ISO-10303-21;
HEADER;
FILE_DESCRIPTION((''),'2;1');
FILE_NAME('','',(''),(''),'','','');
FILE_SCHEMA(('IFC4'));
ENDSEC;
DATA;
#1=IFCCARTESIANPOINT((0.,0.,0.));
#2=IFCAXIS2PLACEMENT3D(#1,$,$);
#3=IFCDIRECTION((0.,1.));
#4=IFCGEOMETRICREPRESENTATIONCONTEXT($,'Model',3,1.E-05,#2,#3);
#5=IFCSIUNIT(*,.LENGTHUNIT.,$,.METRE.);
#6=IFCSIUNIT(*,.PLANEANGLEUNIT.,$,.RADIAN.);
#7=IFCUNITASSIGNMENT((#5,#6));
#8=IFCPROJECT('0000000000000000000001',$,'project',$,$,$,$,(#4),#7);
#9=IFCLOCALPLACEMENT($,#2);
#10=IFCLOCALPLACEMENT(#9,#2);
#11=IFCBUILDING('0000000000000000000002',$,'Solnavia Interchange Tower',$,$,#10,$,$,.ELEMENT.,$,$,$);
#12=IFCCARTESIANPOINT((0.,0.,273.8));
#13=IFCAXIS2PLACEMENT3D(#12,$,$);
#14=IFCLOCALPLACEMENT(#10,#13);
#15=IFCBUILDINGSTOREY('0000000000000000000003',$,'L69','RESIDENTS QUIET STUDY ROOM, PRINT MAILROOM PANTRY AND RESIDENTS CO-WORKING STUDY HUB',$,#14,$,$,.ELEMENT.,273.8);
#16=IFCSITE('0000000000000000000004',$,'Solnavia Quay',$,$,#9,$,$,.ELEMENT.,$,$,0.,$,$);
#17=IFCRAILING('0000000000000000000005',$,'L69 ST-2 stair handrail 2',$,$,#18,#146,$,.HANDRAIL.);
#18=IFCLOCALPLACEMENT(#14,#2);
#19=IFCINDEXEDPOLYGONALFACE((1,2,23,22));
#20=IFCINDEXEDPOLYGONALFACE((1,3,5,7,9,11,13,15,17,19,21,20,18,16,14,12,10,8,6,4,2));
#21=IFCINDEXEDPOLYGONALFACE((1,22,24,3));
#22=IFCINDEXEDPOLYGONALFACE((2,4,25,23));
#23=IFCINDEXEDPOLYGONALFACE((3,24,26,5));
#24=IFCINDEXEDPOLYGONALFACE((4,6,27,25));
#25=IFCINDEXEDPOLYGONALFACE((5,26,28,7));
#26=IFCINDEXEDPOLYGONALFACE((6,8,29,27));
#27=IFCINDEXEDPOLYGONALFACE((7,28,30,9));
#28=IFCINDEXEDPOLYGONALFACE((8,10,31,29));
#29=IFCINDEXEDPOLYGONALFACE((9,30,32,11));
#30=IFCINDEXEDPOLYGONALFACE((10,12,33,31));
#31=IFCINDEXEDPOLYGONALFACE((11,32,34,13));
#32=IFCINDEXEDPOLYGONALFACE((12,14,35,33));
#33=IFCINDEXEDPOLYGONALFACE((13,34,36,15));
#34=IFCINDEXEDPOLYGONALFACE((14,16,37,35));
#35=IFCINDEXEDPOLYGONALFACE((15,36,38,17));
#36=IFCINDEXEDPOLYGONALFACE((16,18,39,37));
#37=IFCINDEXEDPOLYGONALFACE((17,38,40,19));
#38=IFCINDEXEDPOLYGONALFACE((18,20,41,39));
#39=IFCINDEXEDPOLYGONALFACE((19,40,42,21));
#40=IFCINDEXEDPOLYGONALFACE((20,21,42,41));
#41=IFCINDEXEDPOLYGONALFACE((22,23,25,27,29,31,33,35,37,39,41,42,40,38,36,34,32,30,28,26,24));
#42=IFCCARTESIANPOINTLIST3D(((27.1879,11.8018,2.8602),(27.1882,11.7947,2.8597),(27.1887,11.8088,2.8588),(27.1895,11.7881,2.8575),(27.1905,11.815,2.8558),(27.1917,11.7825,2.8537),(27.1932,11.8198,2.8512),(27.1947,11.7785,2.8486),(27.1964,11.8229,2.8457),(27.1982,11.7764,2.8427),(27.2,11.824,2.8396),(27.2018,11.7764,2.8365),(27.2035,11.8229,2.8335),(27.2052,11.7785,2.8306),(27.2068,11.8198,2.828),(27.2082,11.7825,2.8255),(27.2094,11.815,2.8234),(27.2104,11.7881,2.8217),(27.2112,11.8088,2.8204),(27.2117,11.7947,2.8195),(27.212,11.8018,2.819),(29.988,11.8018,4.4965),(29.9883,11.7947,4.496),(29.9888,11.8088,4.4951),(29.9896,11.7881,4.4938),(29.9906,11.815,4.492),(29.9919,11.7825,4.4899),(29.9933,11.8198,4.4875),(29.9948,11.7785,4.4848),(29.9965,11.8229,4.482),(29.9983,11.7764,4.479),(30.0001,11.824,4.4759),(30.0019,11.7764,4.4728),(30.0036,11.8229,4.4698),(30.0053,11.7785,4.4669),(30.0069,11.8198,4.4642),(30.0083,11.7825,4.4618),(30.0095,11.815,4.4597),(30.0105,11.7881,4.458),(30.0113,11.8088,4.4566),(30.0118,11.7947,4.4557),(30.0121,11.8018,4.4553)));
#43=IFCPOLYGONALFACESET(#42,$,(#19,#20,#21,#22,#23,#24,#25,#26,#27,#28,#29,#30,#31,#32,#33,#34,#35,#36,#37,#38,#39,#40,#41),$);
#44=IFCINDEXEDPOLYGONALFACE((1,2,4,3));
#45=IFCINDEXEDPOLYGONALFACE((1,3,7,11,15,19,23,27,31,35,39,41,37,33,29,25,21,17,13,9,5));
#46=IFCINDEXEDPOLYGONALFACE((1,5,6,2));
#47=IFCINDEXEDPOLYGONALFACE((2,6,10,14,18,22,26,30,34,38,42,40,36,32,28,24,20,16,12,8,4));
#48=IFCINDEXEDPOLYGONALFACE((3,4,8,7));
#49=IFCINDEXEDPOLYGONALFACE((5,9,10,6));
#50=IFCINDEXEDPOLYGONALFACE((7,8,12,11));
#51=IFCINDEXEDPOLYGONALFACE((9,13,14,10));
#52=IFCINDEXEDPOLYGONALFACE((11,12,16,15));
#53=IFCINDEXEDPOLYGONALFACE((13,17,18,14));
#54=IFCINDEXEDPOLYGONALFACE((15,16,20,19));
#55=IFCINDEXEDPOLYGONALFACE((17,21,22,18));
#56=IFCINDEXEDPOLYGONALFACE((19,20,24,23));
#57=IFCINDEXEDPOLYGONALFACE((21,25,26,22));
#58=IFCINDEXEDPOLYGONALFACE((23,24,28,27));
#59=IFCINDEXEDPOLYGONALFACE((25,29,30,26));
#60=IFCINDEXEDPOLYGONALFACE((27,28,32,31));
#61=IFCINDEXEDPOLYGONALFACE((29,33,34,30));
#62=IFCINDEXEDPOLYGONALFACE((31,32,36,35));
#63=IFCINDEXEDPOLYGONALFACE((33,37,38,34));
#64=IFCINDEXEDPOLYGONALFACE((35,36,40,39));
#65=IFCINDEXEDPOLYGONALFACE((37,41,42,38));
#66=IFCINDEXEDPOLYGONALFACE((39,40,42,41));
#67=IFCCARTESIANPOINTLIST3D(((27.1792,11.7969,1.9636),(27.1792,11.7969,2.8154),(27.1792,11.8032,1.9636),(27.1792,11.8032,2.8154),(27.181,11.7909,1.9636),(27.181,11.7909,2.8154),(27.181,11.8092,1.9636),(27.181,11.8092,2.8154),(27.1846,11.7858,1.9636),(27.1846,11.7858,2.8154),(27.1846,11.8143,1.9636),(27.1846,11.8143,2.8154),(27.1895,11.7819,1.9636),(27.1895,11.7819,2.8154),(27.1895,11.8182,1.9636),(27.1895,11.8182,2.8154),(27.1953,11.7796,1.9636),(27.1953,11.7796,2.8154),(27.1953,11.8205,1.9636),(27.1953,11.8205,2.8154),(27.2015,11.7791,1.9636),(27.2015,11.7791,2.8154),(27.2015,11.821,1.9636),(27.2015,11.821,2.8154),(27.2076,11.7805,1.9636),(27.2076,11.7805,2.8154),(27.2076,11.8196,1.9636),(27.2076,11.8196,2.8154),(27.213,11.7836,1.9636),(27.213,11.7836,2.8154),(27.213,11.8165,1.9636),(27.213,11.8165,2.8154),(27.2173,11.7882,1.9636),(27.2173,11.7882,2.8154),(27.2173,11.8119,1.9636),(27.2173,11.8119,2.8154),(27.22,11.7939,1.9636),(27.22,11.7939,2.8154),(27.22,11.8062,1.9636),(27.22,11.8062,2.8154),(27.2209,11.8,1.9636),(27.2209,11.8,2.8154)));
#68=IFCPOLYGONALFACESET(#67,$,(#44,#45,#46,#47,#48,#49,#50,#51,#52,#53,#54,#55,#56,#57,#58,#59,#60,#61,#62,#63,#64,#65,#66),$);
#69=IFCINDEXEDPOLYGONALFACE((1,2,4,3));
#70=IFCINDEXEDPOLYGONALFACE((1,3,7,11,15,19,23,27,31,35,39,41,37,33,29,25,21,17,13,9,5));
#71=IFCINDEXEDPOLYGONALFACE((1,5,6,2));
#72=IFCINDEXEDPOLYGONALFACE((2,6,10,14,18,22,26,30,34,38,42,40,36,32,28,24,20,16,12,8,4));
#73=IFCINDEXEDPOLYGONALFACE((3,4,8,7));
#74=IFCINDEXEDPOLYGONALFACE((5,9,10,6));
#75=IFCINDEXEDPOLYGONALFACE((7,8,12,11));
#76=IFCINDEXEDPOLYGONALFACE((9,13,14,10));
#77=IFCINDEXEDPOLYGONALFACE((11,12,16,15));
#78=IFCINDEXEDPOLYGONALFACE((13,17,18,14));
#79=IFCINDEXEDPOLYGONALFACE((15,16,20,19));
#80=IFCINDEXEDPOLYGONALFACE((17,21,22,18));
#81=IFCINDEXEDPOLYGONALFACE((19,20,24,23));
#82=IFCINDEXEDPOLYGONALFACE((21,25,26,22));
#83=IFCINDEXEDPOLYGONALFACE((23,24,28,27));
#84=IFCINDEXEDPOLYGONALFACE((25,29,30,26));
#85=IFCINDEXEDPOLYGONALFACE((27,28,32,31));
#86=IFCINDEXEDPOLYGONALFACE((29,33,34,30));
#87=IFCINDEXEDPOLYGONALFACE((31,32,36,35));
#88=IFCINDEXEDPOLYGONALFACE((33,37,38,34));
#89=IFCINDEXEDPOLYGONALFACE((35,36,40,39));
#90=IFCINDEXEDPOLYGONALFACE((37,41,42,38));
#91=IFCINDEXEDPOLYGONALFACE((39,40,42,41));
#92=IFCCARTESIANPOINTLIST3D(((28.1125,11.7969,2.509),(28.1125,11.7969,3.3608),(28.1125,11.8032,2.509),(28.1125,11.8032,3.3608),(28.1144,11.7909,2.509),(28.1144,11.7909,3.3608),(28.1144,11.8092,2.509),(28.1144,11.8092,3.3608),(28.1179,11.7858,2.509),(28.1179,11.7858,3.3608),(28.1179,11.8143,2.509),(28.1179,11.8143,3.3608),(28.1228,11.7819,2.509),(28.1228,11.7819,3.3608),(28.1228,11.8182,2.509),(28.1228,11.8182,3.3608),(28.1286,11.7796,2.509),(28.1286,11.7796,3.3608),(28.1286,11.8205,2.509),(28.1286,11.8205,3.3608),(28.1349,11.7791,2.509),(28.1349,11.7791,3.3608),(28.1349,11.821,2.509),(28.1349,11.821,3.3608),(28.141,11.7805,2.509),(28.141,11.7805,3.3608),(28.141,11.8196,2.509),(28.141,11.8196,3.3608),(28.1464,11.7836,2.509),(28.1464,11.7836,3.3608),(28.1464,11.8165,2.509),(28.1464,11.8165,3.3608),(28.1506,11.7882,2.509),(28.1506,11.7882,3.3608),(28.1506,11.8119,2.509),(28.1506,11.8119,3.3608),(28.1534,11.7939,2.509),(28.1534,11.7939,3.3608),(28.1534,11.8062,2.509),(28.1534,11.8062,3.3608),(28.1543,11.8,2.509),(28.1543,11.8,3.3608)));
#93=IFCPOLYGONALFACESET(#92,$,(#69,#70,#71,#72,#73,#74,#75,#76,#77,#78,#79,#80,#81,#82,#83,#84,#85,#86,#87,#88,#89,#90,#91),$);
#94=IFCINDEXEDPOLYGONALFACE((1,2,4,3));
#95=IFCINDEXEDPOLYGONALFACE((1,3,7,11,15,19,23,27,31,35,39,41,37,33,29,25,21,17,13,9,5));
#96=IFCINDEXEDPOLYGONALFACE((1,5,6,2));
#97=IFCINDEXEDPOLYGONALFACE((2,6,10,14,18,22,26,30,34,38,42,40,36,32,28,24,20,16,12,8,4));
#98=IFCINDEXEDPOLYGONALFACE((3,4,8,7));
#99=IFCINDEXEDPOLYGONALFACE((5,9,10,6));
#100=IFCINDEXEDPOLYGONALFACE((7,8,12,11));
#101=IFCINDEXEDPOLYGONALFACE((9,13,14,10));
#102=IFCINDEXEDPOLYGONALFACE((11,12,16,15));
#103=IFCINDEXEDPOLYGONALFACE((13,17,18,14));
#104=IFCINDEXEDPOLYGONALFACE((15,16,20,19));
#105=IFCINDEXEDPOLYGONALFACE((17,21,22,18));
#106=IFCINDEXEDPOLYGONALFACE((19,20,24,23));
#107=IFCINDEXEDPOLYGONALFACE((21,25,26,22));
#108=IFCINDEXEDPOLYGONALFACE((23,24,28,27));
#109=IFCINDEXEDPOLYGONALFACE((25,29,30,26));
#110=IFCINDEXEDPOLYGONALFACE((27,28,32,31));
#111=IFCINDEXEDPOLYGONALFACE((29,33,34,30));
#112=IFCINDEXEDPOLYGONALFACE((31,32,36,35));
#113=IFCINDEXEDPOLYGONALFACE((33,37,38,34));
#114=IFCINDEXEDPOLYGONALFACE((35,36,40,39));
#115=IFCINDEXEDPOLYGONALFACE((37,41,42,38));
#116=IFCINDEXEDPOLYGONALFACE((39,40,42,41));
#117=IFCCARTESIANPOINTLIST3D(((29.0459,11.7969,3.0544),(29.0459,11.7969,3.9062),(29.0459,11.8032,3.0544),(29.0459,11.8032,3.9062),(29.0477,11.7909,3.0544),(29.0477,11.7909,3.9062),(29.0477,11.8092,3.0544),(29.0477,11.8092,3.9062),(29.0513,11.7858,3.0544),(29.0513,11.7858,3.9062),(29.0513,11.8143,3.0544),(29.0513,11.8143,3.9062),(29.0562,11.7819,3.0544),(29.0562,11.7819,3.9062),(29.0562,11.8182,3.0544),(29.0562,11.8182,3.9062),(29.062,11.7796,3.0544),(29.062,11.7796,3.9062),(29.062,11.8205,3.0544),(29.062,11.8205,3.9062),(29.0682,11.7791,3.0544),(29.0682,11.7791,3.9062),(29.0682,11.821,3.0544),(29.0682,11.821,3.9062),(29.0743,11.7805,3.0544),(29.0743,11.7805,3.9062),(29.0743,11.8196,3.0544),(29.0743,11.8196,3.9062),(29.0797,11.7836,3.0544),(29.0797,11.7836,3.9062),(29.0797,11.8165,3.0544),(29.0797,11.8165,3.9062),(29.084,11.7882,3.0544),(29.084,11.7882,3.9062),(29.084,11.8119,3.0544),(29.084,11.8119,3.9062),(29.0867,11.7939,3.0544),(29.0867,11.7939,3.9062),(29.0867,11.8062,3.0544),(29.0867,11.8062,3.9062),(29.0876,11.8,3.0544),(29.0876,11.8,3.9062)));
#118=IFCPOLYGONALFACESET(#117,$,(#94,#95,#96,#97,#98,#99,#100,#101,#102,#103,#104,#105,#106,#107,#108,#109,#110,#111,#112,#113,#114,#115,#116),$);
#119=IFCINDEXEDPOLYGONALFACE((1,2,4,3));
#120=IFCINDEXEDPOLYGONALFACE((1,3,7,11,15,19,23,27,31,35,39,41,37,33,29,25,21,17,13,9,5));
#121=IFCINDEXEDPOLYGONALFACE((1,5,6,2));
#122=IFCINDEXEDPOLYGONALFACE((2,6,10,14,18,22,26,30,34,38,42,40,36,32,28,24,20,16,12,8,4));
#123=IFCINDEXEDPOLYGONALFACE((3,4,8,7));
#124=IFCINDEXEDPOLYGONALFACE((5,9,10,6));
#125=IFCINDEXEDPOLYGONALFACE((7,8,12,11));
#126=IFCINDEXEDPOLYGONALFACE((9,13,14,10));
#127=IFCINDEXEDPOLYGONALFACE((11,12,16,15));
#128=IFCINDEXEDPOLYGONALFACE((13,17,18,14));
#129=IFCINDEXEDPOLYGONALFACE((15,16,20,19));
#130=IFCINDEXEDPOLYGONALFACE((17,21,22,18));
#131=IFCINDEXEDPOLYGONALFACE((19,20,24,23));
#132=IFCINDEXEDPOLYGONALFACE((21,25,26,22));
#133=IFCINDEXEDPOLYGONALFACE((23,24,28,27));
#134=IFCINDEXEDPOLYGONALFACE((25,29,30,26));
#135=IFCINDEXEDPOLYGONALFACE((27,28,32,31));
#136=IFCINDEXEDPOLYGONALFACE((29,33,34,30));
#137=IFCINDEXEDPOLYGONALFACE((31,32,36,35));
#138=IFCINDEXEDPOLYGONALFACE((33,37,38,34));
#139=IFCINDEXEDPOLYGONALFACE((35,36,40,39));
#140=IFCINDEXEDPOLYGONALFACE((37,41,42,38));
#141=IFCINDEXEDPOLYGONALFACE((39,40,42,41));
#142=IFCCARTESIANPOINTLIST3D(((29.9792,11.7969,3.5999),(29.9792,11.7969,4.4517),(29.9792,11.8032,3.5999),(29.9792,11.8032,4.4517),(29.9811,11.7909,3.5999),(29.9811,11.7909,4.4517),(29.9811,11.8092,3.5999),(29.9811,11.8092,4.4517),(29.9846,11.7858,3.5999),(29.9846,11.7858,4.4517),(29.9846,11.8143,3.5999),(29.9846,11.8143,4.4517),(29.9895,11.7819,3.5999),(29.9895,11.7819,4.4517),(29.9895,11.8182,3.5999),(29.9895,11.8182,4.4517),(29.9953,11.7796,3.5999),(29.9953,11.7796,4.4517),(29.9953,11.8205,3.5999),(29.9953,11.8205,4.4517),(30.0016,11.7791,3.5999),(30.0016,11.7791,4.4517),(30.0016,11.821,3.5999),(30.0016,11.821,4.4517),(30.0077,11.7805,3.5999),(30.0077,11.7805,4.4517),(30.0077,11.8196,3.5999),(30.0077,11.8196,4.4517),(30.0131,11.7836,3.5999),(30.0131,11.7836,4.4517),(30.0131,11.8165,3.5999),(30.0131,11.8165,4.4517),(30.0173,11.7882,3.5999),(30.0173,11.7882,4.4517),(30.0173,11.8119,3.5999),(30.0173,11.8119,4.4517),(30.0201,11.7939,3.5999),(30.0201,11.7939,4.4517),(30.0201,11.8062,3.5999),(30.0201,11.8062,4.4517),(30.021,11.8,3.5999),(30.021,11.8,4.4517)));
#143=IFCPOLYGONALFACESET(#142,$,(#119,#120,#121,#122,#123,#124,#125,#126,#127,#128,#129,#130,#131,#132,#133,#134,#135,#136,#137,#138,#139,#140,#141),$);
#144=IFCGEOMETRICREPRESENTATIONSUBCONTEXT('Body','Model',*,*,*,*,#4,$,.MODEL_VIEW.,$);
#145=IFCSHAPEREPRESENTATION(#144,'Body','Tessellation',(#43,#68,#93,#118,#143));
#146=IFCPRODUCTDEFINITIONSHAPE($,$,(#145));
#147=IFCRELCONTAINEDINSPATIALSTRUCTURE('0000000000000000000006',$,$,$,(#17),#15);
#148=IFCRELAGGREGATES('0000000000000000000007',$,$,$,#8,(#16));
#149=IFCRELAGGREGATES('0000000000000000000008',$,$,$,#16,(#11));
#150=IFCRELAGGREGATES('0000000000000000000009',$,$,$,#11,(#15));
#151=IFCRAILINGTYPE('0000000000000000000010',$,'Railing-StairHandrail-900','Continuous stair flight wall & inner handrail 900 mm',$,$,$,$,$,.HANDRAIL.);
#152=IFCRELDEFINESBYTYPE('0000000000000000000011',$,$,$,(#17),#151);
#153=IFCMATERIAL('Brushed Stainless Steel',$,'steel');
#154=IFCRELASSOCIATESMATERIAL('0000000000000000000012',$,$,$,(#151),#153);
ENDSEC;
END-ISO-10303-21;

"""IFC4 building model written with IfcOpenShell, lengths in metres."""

from ifc_helpers import new_model, si_unit, direction, frame, origin, origin_2d, place, context, subcontext, project, spatial, circle, extrude, material, type_object, element, save


model = new_model("IFC4")

# Units and contexts
model_context = context("Model", 3, precision=1e-05, world=origin(), true_north=direction((0.0, 1.0)))
body_context = subcontext(model_context, "Body", "Model", "MODEL_VIEW")
ifc_project = project(units=[si_unit("LENGTHUNIT", "METRE"), si_unit("PLANEANGLEUNIT", "RADIAN")], contexts=[model_context])

# Site, building, storey
site_placement = place(None, origin())
site = spatial("IfcSite", under=ifc_project, at=site_placement, Name="Solnavia Quay", CompositionType="ELEMENT", RefElevation=0.0)
building_placement = place(site_placement, origin())
building = spatial("IfcBuilding", under=site, at=building_placement, Name="Solnavia Interchange Tower", CompositionType="ELEMENT")
storey_placement = place(building_placement, frame((0.0, 0.0, 273.8)))
storey = spatial("IfcBuildingStorey", under=building, at=storey_placement, Name="L69", Description="RESIDENTS QUIET STUDY ROOM, PRINT MAILROOM PANTRY AND RESIDENTS CO-WORKING STUDY HUB", CompositionType="ELEMENT", Elevation=273.8)

# Railing
ifc_material_1 = material(Name="Brushed Stainless Steel", Category="steel")
railing_type_1 = type_object("IfcRailingType", Name="Railing-StairHandrail-900", Description="Continuous stair flight wall & inner handrail 900 mm", PredefinedType="HANDRAIL", material=ifc_material_1)
railing_1_placement = place(storey_placement, frame((27.2, 11.8, 1.9636)))
element("IfcRailing", 1, at=railing_1_placement, inside=storey, type_object=railing_type_1, Name="L69 ST-2 stair handrail 2", PredefinedType="HANDRAIL", context=body_context, shape_type="SweptSolid", body=[
    extrude(circle(Radius=0.0239, at=origin_2d()), frame((0.0, 0.0, 0.876), z_axis=(0.863394, 0.0, 0.504531), x_axis=(0.0, 1.0, 0.0)), (0.0, 0.0, 1.0), 3.2432),
    extrude(circle(Radius=0.021, at=origin_2d()), origin(), (0.0, 0.0, 1.0), 0.8518),
    extrude(circle(Radius=0.021, at=origin_2d()), frame((0.9333, 0.0, 0.5454)), (0.0, 0.0, 1.0), 0.8518),
    extrude(circle(Radius=0.021, at=origin_2d()), frame((1.8667, 0.0, 1.0908)), (0.0, 0.0, 1.0), 0.8518),
    extrude(circle(Radius=0.021, at=origin_2d()), frame((2.8, 0.0, 1.6362)), (0.0, 0.0, 1.0), 0.8518),
])

save(model, "model.ifc")
